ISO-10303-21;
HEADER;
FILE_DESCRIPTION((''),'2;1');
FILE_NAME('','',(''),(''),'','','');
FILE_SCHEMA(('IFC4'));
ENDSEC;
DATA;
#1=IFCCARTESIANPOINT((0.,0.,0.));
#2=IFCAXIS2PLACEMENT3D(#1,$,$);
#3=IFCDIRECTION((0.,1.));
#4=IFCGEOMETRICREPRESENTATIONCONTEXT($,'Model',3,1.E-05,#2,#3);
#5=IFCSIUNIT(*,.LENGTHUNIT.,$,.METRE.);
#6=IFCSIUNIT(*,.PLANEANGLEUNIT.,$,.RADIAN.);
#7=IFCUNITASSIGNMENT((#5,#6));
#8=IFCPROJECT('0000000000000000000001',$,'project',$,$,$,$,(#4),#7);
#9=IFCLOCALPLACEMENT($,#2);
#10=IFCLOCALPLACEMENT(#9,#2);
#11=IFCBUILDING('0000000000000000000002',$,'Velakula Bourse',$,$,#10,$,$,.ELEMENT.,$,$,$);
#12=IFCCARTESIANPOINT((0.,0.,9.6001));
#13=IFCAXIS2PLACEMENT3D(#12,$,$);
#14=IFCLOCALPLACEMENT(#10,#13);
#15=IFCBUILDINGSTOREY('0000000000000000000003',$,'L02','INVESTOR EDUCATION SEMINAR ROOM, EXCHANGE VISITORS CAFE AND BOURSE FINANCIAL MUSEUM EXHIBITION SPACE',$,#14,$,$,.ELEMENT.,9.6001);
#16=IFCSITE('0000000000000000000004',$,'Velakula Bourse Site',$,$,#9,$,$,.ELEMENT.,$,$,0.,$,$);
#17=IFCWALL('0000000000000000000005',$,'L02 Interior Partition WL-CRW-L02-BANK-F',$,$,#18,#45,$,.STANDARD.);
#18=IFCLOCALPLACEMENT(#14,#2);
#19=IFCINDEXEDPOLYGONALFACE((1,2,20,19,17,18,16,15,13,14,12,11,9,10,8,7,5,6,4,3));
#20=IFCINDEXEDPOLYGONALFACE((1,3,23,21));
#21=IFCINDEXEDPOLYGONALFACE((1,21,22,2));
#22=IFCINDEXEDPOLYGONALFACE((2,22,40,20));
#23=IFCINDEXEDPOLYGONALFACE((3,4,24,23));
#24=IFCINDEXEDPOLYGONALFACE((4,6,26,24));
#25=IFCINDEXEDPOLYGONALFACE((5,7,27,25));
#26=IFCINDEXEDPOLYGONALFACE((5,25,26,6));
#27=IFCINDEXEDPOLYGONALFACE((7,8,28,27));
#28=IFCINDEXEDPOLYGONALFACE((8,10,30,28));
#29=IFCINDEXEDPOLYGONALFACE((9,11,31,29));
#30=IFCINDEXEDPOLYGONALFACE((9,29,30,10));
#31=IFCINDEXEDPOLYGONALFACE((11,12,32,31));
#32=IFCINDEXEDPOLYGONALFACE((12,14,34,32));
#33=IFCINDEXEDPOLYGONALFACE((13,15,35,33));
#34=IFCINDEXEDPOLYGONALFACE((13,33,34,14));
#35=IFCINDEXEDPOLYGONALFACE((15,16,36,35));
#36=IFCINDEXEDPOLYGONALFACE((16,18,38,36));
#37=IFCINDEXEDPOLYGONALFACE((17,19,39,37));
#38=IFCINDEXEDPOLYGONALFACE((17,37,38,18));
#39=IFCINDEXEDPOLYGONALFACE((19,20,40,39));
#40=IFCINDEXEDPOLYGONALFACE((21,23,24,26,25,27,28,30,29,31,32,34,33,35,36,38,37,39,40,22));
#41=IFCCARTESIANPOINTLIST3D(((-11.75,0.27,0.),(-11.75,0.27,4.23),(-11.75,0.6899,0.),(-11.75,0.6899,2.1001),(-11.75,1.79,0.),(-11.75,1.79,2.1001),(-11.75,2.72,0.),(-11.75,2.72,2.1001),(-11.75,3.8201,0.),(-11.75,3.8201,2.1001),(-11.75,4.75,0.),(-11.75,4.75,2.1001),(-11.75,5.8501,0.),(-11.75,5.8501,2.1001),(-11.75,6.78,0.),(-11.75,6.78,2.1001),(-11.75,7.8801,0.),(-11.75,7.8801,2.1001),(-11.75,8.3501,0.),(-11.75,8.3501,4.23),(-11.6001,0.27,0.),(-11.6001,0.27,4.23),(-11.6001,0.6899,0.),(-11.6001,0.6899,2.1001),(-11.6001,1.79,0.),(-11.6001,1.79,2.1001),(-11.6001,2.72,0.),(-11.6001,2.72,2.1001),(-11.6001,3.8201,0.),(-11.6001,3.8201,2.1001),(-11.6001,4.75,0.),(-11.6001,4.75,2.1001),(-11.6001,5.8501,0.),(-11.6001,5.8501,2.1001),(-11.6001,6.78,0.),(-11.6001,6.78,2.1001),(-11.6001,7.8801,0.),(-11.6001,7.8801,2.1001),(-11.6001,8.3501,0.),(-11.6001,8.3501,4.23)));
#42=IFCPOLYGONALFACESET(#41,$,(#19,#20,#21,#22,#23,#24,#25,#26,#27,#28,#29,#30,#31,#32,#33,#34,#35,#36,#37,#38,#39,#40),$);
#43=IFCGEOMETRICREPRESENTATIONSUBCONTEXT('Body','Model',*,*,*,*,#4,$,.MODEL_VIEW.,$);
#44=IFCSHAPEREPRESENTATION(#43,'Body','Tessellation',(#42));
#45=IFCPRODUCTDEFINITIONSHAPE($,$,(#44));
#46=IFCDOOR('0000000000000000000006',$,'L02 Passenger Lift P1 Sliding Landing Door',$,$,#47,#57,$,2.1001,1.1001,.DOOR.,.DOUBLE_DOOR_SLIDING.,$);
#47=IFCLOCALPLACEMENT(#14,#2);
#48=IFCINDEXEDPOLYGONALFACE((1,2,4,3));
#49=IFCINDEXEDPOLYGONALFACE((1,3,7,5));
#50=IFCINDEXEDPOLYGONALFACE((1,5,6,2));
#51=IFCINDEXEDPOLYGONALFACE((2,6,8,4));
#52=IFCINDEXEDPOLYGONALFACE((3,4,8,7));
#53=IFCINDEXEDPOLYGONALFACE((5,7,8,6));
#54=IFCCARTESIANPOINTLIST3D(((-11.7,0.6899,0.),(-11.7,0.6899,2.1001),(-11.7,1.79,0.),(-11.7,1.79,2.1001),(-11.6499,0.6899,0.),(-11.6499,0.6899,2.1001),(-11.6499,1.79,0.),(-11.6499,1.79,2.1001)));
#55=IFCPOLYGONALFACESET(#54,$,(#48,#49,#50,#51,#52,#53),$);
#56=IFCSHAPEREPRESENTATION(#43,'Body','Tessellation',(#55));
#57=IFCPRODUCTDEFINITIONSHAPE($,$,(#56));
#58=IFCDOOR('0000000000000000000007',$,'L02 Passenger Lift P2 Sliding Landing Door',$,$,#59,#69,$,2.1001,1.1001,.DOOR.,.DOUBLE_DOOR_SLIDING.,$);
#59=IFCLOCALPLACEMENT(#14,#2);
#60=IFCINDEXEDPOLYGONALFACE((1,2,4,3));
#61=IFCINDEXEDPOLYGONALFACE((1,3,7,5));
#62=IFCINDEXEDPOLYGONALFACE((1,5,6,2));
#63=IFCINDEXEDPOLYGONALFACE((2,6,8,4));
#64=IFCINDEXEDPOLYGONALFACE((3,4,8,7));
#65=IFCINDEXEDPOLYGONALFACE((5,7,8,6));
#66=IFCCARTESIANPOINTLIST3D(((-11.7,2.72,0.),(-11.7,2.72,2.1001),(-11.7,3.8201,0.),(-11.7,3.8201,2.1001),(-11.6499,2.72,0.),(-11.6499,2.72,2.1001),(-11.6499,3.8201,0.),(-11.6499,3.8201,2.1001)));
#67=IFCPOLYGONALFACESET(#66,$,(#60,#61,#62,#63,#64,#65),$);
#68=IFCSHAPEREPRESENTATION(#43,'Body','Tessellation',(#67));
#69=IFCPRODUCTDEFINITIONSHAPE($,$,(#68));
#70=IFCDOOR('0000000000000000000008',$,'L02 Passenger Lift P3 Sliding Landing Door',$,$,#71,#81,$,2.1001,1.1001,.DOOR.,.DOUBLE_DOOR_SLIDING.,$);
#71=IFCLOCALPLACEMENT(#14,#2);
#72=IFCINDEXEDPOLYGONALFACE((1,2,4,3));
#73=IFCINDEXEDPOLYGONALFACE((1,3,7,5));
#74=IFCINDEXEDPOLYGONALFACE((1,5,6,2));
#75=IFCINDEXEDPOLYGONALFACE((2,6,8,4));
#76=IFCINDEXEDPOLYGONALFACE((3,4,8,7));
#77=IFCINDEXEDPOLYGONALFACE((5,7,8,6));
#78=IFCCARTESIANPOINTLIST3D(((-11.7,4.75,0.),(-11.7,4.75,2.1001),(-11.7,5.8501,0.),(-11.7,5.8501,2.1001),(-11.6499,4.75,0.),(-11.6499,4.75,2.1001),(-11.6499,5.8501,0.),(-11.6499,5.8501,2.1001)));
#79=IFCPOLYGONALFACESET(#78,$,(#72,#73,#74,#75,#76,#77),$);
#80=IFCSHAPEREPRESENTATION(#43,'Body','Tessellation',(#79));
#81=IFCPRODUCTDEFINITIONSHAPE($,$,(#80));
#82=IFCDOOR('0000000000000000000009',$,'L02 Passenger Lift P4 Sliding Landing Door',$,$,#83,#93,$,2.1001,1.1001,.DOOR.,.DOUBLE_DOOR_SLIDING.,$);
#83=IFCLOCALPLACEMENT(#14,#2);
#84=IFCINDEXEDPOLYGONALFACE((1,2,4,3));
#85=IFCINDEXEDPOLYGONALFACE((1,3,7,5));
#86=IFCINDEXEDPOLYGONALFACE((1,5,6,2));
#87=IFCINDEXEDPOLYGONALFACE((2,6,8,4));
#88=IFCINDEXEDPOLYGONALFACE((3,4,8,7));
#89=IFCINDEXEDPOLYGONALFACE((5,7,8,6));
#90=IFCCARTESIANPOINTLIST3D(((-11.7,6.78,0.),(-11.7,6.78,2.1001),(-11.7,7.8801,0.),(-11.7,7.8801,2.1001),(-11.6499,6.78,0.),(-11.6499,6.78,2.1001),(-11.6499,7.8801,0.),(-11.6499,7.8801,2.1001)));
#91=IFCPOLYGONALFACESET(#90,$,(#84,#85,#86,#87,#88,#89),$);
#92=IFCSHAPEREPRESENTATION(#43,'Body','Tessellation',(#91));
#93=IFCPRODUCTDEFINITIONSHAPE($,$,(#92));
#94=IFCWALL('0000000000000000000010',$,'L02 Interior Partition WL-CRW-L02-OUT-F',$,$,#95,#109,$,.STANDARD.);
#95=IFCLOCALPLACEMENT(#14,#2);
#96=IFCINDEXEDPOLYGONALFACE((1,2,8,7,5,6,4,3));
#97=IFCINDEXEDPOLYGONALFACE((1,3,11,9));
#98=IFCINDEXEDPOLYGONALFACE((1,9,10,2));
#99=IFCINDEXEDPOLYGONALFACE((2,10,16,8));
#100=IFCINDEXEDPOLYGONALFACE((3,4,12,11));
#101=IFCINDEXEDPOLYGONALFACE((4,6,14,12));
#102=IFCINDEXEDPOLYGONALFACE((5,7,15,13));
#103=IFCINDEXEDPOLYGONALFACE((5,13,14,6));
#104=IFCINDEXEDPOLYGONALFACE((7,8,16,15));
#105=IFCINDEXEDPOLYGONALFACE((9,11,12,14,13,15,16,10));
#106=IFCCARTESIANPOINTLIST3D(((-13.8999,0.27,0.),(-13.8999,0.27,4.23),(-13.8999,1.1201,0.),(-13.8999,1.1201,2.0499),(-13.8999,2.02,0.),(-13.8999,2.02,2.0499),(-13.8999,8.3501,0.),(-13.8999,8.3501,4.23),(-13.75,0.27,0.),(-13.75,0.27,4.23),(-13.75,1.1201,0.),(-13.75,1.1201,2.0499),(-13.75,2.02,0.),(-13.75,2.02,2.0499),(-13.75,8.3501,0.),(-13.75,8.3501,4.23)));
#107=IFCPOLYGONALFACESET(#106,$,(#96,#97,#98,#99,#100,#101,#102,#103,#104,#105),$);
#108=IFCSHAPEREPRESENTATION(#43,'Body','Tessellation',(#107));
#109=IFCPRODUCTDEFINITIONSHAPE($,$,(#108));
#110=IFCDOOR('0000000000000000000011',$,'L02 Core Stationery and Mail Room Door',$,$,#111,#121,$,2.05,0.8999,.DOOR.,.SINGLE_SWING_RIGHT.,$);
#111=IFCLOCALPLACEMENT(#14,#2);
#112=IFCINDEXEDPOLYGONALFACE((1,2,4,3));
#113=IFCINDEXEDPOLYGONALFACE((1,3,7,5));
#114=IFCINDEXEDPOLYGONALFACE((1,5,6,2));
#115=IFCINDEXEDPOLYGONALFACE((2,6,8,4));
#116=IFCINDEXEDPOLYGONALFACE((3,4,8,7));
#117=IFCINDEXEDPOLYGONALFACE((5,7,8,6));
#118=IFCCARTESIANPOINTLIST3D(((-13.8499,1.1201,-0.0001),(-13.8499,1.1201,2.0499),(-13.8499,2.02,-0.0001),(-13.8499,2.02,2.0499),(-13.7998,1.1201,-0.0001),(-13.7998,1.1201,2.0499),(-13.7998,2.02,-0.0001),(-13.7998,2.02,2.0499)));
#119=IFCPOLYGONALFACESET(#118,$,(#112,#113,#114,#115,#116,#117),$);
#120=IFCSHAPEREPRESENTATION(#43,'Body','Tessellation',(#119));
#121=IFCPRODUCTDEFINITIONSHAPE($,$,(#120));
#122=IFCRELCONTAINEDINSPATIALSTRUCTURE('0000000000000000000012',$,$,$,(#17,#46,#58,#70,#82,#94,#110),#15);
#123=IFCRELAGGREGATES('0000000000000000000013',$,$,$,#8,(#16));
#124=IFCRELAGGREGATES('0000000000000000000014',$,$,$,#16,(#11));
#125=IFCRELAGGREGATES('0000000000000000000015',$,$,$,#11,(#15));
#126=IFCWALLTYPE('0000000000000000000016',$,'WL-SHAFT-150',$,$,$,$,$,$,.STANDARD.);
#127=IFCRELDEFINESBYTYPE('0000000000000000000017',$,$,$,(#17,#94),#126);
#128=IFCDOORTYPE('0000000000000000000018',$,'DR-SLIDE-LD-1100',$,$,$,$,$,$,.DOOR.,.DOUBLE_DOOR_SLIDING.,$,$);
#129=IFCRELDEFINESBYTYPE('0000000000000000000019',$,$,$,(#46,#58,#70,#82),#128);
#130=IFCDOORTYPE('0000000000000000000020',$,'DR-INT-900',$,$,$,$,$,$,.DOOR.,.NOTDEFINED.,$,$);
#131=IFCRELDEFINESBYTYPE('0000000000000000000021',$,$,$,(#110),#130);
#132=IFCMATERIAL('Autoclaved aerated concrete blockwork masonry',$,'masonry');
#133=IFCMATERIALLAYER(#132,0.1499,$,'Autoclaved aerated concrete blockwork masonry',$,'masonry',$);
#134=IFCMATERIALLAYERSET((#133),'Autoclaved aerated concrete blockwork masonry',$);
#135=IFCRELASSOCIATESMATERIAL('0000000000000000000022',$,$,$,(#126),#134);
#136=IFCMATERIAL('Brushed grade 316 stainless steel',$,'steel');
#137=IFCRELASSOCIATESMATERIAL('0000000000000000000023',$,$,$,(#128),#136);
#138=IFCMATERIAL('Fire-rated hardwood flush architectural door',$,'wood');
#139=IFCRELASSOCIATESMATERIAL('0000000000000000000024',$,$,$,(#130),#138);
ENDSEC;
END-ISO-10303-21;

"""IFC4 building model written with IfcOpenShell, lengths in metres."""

from ifc_helpers import new_model, si_unit, direction, frame, frame_2d, origin, place, context, subcontext, project, spatial, rectangle, extrude, material, layer, layer_set, type_object, element, fill, save


model = new_model("IFC4")

# Units and contexts
model_context = context("Model", 3, precision=1e-05, world=origin(), true_north=direction((0.0, 1.0)))
body_context = subcontext(model_context, "Body", "Model", "MODEL_VIEW")
ifc_project = project(units=[si_unit("LENGTHUNIT", "METRE"), si_unit("PLANEANGLEUNIT", "RADIAN")], contexts=[model_context])

# Site, building, storey
site_placement = place(None, origin())
site = spatial("IfcSite", under=ifc_project, at=site_placement, Name="Velakula Bourse Site", CompositionType="ELEMENT", RefElevation=0.0)
building_placement = place(site_placement, origin())
building = spatial("IfcBuilding", under=site, at=building_placement, Name="Velakula Bourse", CompositionType="ELEMENT")
storey_placement = place(building_placement, frame((0.0, 0.0, 9.6001)))
storey = spatial("IfcBuildingStorey", under=building, at=storey_placement, Name="L02", Description="INVESTOR EDUCATION SEMINAR ROOM, EXCHANGE VISITORS CAFE AND BOURSE FINANCIAL MUSEUM EXHIBITION SPACE", CompositionType="ELEMENT", Elevation=9.6001)

# Shared definitions
ifc_material_1 = material(Name="Fire-rated hardwood flush architectural door", Category="wood")

# Shared definitions
ifc_material_2 = material(Name="Autoclaved aerated concrete blockwork masonry", Category="masonry")
ifc_layer_1 = layer(ifc_material_2, 0.1499, Name="Autoclaved aerated concrete blockwork masonry", Category="masonry")
ifc_layer_set_1 = layer_set([ifc_layer_1], Name="Autoclaved aerated concrete blockwork masonry")
wall_type_1 = type_object("IfcWallType", Name="WL-SHAFT-150", PredefinedType="STANDARD", material=ifc_layer_set_1)

# Wall, openings, doors
wall_1_placement = place(storey_placement, frame((-11.675, 0.27, 0.0), z_axis=(0.0, 0.0, 1.0), x_axis=(0.0, 1.0, 0.0)))
wall_1 = element("IfcWall", 1, at=wall_1_placement, inside=storey, type_object=wall_type_1, Name="L02 Interior Partition WL-CRW-L02-BANK-F", PredefinedType="STANDARD", context=body_context, shape_type="SweptSolid", body=[
    extrude(rectangle(XDim=8.0801, YDim=0.1499, at=frame_2d((4.04, 0.0))), origin(), (0.0, 0.0, 1.0), 4.23),
])
opening_1_placement = place(wall_1_placement, frame((0.4199, 0.0, 0.0)))
opening_1 = element("IfcOpeningElement", 2, at=opening_1_placement, cuts=wall_1, PredefinedType="OPENING", context=body_context, shape_type="SweptSolid", body=[
    extrude(rectangle(XDim=1.1001, YDim=2.1001, at=frame_2d((0.55, 1.05))), frame((0.0, 0.085, 0.0), z_axis=(0.0, -1.0, 0.0), x_axis=(1.0, 0.0, 0.0)), (0.0, 0.0, 1.0), 0.1699),
])
opening_2_placement = place(wall_1_placement, frame((2.45, 0.0, 0.0)))
opening_2 = element("IfcOpeningElement", 3, at=opening_2_placement, cuts=wall_1, PredefinedType="OPENING", context=body_context, shape_type="SweptSolid", body=[
    extrude(rectangle(XDim=1.1001, YDim=2.1001, at=frame_2d((0.55, 1.05))), frame((0.0, 0.085, 0.0), z_axis=(0.0, -1.0, 0.0), x_axis=(1.0, 0.0, 0.0)), (0.0, 0.0, 1.0), 0.1699),
])
opening_3_placement = place(wall_1_placement, frame((4.48, 0.0, 0.0)))
opening_3 = element("IfcOpeningElement", 4, at=opening_3_placement, cuts=wall_1, PredefinedType="OPENING", context=body_context, shape_type="SweptSolid", body=[
    extrude(rectangle(XDim=1.1001, YDim=2.1001, at=frame_2d((0.55, 1.05))), frame((0.0, 0.085, 0.0), z_axis=(0.0, -1.0, 0.0), x_axis=(1.0, 0.0, 0.0)), (0.0, 0.0, 1.0), 0.1699),
])
opening_4_placement = place(wall_1_placement, frame((6.51, 0.0, 0.0)))
opening_4 = element("IfcOpeningElement", 5, at=opening_4_placement, cuts=wall_1, PredefinedType="OPENING", context=body_context, shape_type="SweptSolid", body=[
    extrude(rectangle(XDim=1.1001, YDim=2.1001, at=frame_2d((0.55, 1.05))), frame((0.0, 0.085, 0.0), z_axis=(0.0, -1.0, 0.0), x_axis=(1.0, 0.0, 0.0)), (0.0, 0.0, 1.0), 0.1699),
])
ifc_material_3 = material(Name="Brushed grade 316 stainless steel", Category="steel")
door_type_1 = type_object("IfcDoorType", Name="DR-SLIDE-LD-1100", OperationType="DOUBLE_DOOR_SLIDING", PredefinedType="DOOR", material=ifc_material_3)
door_1_placement = place(opening_1_placement, origin())
door_1 = element("IfcDoor", 6, at=door_1_placement, inside=storey, type_object=door_type_1, Name="L02 Passenger Lift P1 Sliding Landing Door", OperationType="DOUBLE_DOOR_SLIDING", OverallHeight=2.1001, OverallWidth=1.1001, PredefinedType="DOOR", context=body_context, shape_type="SweptSolid", body=[
    extrude(rectangle(XDim=1.1001, YDim=2.1001, at=frame_2d((0.55, 1.05))), frame((0.0, 0.0249, 0.0), z_axis=(0.0, -1.0, 0.0), x_axis=(1.0, 0.0, 0.0)), (0.0, 0.0, 1.0), 0.05),
])
fill(opening_1, door_1)
door_2_placement = place(opening_2_placement, origin())
door_2 = element("IfcDoor", 7, at=door_2_placement, inside=storey, type_object=door_type_1, Name="L02 Passenger Lift P2 Sliding Landing Door", OperationType="DOUBLE_DOOR_SLIDING", OverallHeight=2.1001, OverallWidth=1.1001, PredefinedType="DOOR", context=body_context, shape_type="SweptSolid", body=[
    extrude(rectangle(XDim=1.1001, YDim=2.1001, at=frame_2d((0.55, 1.05))), frame((0.0, 0.0249, 0.0), z_axis=(0.0, -1.0, 0.0), x_axis=(1.0, 0.0, 0.0)), (0.0, 0.0, 1.0), 0.05),
])
fill(opening_2, door_2)
door_3_placement = place(opening_3_placement, origin())
door_3 = element("IfcDoor", 8, at=door_3_placement, inside=storey, type_object=door_type_1, Name="L02 Passenger Lift P3 Sliding Landing Door", OperationType="DOUBLE_DOOR_SLIDING", OverallHeight=2.1001, OverallWidth=1.1001, PredefinedType="DOOR", context=body_context, shape_type="SweptSolid", body=[
    extrude(rectangle(XDim=1.1001, YDim=2.1001, at=frame_2d((0.55, 1.05))), frame((0.0, 0.0249, 0.0), z_axis=(0.0, -1.0, 0.0), x_axis=(1.0, 0.0, 0.0)), (0.0, 0.0, 1.0), 0.05),
])
fill(opening_3, door_3)
door_4_placement = place(opening_4_placement, origin())
door_4 = element("IfcDoor", 9, at=door_4_placement, inside=storey, type_object=door_type_1, Name="L02 Passenger Lift P4 Sliding Landing Door", OperationType="DOUBLE_DOOR_SLIDING", OverallHeight=2.1001, OverallWidth=1.1001, PredefinedType="DOOR", context=body_context, shape_type="SweptSolid", body=[
    extrude(rectangle(XDim=1.1001, YDim=2.1001, at=frame_2d((0.55, 1.05))), frame((0.0, 0.0249, 0.0), z_axis=(0.0, -1.0, 0.0), x_axis=(1.0, 0.0, 0.0)), (0.0, 0.0, 1.0), 0.05),
])
fill(opening_4, door_4)

# Wall, opening, door
wall_2_placement = place(storey_placement, frame((-13.825, 0.27, 0.0), z_axis=(0.0, 0.0, 1.0), x_axis=(0.0, 1.0, 0.0)))
wall_2 = element("IfcWall", 10, at=wall_2_placement, inside=storey, type_object=wall_type_1, Name="L02 Interior Partition WL-CRW-L02-OUT-F", PredefinedType="STANDARD", context=body_context, shape_type="SweptSolid", body=[
    extrude(rectangle(XDim=8.0801, YDim=0.1499, at=frame_2d((4.04, 0.0))), origin(), (0.0, 0.0, 1.0), 4.23),
])
opening_5_placement = place(wall_2_placement, frame((0.8501, 0.0, 0.0)))
opening_5 = element("IfcOpeningElement", 11, at=opening_5_placement, cuts=wall_2, PredefinedType="OPENING", context=body_context, shape_type="SweptSolid", body=[
    extrude(rectangle(XDim=0.8999, YDim=2.05, at=frame_2d((0.45, 1.0249))), frame((0.0, 0.085, 0.0), z_axis=(0.0, -1.0, 0.0), x_axis=(1.0, 0.0, 0.0)), (0.0, 0.0, 1.0), 0.1699),
])
door_type_2 = type_object("IfcDoorType", Name="DR-INT-900", OperationType="NOTDEFINED", PredefinedType="DOOR", material=ifc_material_1)
door_5_placement = place(opening_5_placement, origin())
door_5 = element("IfcDoor", 12, at=door_5_placement, inside=storey, type_object=door_type_2, Name="L02 Core Stationery and Mail Room Door", OperationType="SINGLE_SWING_RIGHT", OverallHeight=2.05, OverallWidth=0.8999, PredefinedType="DOOR", context=body_context, shape_type="SweptSolid", body=[
    extrude(rectangle(XDim=0.8999, YDim=2.05, at=frame_2d((0.45, 1.0249))), frame((0.0, 0.0249, 0.0), z_axis=(0.0, -1.0, 0.0), x_axis=(1.0, 0.0, 0.0)), (0.0, 0.0, 1.0), 0.05),
])
fill(opening_5, door_5)

save(model, "model.ifc")
